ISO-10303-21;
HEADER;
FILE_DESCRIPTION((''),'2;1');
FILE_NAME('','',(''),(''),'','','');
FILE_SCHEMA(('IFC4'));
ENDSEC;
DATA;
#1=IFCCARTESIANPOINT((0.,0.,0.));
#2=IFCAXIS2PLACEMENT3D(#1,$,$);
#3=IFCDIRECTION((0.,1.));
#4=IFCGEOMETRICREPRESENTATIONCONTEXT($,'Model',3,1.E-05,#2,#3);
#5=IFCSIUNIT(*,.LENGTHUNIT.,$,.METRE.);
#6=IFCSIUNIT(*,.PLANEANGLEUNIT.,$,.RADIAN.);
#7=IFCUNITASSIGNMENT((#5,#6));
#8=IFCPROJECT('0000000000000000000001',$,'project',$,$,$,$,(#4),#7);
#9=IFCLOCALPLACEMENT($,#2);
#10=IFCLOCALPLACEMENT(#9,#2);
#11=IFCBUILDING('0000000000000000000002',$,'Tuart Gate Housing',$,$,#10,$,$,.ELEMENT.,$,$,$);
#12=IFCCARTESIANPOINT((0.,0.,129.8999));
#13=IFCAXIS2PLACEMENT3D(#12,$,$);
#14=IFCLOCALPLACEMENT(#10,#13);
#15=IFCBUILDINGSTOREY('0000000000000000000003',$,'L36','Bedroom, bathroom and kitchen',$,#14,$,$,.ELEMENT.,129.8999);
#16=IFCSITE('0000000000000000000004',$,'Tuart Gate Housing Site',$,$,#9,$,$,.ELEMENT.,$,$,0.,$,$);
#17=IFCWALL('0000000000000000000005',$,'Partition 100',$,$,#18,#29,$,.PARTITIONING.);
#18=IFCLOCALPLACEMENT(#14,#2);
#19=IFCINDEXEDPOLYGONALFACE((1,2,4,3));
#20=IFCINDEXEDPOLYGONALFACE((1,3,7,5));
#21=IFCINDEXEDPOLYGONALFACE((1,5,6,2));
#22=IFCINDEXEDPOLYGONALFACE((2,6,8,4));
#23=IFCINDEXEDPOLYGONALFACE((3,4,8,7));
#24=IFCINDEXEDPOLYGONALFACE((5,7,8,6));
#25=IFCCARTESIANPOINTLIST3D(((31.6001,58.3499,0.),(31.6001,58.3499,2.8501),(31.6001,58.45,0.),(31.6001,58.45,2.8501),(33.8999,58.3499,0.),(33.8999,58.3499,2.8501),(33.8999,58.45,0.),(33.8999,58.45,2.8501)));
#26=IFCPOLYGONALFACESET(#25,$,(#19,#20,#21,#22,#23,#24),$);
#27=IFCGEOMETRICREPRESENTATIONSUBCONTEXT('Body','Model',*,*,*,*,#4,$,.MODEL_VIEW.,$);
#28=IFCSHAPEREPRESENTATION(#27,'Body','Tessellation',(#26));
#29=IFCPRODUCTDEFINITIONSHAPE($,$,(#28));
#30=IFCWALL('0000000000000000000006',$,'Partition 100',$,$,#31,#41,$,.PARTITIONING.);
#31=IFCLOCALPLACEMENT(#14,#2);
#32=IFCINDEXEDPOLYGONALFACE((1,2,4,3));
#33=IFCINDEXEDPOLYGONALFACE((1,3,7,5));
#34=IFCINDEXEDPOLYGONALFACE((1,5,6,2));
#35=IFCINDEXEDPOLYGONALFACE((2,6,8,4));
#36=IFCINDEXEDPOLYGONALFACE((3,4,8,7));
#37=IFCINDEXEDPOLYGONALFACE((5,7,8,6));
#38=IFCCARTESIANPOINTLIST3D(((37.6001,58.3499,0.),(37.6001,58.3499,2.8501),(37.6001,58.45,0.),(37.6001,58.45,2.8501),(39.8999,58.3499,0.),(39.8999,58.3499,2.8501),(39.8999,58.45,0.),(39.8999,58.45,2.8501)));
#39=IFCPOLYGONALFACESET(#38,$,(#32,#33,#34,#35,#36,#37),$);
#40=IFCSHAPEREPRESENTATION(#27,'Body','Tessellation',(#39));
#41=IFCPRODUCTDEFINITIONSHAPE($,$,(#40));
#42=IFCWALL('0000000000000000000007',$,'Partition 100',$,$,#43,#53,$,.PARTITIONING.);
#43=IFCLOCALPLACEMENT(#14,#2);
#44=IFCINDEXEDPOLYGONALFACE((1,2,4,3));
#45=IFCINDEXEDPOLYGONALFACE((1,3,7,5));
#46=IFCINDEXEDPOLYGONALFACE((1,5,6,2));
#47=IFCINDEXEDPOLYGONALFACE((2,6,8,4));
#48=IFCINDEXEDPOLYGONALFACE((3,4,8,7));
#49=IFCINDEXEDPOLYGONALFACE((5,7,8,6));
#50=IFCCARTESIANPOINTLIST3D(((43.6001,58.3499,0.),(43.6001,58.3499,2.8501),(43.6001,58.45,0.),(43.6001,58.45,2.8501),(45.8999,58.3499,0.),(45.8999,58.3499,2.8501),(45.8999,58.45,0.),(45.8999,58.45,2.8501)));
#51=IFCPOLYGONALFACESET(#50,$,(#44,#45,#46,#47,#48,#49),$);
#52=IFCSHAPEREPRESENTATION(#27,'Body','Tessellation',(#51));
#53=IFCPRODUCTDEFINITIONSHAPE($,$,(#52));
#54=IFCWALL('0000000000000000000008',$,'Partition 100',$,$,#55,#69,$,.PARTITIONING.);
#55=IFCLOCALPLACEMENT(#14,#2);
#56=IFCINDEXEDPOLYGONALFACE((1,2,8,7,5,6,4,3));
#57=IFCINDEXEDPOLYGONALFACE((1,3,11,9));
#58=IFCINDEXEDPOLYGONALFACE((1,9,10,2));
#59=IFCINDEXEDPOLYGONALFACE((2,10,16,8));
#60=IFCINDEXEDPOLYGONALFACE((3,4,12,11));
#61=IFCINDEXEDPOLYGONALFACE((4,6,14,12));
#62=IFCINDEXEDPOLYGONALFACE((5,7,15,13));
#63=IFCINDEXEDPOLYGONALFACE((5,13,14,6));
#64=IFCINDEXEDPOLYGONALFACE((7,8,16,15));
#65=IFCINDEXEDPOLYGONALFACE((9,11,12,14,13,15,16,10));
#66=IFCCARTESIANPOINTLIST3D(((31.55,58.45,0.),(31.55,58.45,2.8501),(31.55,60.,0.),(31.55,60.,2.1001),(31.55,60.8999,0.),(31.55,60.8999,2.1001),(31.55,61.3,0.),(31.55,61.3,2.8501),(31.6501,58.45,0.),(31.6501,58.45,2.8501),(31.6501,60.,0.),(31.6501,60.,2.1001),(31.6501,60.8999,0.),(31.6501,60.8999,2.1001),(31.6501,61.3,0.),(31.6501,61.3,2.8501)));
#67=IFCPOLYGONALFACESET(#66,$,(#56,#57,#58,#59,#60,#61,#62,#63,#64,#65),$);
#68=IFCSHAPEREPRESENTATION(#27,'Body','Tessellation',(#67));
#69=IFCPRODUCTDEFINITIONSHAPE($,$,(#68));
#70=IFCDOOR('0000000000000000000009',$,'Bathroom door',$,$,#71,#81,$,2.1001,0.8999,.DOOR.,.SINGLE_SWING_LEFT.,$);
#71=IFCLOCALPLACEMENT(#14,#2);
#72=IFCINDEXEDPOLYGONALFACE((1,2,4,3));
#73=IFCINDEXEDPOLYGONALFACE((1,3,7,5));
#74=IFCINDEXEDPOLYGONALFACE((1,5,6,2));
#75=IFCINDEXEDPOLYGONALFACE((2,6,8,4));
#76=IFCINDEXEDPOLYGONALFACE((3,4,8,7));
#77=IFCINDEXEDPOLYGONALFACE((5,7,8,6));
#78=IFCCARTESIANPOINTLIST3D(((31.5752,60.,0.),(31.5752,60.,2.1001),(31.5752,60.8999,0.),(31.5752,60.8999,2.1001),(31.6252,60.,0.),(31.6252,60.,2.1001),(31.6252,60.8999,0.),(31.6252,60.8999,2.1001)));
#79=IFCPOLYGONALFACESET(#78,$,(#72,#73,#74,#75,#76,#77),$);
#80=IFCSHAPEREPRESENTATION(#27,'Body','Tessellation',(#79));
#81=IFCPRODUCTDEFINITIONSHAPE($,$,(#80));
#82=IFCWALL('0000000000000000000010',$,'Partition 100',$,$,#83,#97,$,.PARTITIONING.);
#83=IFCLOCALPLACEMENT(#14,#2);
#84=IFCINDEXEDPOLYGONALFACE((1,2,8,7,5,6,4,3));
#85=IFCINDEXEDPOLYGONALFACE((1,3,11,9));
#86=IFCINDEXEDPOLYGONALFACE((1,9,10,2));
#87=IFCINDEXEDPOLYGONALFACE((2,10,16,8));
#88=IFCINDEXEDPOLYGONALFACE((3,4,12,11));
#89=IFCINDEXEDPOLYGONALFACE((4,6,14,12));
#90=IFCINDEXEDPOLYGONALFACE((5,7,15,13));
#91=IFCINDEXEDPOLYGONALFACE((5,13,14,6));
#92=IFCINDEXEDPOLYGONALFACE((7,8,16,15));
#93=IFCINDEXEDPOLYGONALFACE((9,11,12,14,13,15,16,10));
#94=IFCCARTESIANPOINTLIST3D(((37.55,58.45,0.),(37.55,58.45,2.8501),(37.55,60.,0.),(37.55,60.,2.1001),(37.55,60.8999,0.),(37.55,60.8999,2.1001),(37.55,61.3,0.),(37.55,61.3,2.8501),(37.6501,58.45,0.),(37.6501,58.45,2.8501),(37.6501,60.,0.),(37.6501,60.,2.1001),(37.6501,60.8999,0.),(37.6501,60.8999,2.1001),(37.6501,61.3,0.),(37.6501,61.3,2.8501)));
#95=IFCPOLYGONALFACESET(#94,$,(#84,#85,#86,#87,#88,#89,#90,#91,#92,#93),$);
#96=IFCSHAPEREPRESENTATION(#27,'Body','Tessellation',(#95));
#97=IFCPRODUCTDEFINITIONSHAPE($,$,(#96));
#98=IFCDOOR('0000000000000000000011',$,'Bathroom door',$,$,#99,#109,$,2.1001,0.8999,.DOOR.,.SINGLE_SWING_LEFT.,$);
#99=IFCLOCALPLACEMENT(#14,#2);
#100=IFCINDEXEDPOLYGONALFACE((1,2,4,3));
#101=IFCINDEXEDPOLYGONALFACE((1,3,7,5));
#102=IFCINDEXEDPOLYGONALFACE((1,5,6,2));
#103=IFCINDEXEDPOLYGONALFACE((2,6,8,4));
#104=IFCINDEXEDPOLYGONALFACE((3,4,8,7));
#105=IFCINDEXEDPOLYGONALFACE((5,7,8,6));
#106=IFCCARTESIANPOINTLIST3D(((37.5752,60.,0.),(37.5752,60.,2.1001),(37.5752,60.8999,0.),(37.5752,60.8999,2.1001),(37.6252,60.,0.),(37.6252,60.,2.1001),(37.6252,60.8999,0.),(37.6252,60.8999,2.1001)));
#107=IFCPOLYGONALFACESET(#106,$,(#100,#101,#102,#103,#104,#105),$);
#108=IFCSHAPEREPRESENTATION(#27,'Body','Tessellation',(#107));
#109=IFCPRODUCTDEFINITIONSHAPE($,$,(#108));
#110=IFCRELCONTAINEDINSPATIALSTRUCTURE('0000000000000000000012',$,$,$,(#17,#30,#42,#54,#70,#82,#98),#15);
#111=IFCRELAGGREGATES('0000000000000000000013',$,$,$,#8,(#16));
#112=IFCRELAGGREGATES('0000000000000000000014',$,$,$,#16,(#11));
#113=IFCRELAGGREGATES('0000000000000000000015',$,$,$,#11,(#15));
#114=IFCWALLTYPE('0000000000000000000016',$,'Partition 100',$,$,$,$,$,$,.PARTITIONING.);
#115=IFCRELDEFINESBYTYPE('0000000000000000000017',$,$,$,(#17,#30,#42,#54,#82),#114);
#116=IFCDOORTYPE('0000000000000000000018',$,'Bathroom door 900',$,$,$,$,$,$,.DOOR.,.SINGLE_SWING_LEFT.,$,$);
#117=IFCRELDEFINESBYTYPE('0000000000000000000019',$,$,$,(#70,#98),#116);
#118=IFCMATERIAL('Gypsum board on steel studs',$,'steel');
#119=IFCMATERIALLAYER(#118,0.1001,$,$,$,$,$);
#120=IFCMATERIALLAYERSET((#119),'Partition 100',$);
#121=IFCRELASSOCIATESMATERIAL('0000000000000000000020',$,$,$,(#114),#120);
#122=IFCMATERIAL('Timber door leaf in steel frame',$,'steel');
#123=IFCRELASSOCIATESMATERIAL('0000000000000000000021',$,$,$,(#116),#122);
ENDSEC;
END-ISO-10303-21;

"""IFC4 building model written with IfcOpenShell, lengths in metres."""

from ifc_helpers import new_model, si_unit, direction, frame, frame_2d, origin, place, context, subcontext, project, spatial, rectangle, extrude, material, layer, layer_set, type_object, element, fill, save


model = new_model("IFC4")

# Units and contexts
model_context = context("Model", 3, precision=1e-05, world=origin(), true_north=direction((0.0, 1.0)))
body_context = subcontext(model_context, "Body", "Model", "MODEL_VIEW")
ifc_project = project(units=[si_unit("LENGTHUNIT", "METRE"), si_unit("PLANEANGLEUNIT", "RADIAN")], contexts=[model_context])

# Site, building, storey
site_placement = place(None, origin())
site = spatial("IfcSite", under=ifc_project, at=site_placement, Name="Tuart Gate Housing Site", CompositionType="ELEMENT", RefElevation=0.0)
building_placement = place(site_placement, origin())
building = spatial("IfcBuilding", under=site, at=building_placement, Name="Tuart Gate Housing", CompositionType="ELEMENT")
storey_placement = place(building_placement, frame((0.0, 0.0, 129.8999)))
storey = spatial("IfcBuildingStorey", under=building, at=storey_placement, Name="L36", Description="Bedroom, bathroom and kitchen", CompositionType="ELEMENT", Elevation=129.8999)

# Walls
ifc_material_1 = material(Name="Gypsum board on steel studs", Category="steel")
ifc_layer_1 = layer(ifc_material_1, 0.1001)
ifc_layer_set_1 = layer_set([ifc_layer_1], Name="Partition 100")
wall_type_1 = type_object("IfcWallType", Name="Partition 100", PredefinedType="PARTITIONING", material=ifc_layer_set_1)
for number, where, z_axis, x_axis, name in (
    (1, (31.6001, 58.3999, 0.0), (0.0, 0.0, 1.0), (1.0, 0.0, 0.0), "Partition 100"),
    (2, (37.6001, 58.3999, 0.0), (0.0, 0.0, 1.0), (1.0, 0.0, 0.0), "Partition 100"),
    (3, (43.6001, 58.3999, 0.0), (0.0, 0.0, 1.0), (1.0, 0.0, 0.0), "Partition 100"),
):
    element("IfcWall", number, at=place(storey_placement, frame(where, z_axis=z_axis, x_axis=x_axis)), inside=storey, type_object=wall_type_1, Name=name, PredefinedType="PARTITIONING", context=body_context, shape_type="SweptSolid", body=[
        extrude(rectangle(XDim=2.2998, YDim=0.1001, at=frame_2d((1.1499, 0.0))), origin(), (0.0, 0.0, 1.0), 2.8501),
    ])

# Walls, openings, doors
wall_1_placement = place(storey_placement, frame((31.6001, 58.45, 0.0), z_axis=(0.0, 0.0, 1.0), x_axis=(0.0, 1.0, 0.0)))
wall_1 = element("IfcWall", 4, at=wall_1_placement, inside=storey, type_object=wall_type_1, Name="Partition 100", PredefinedType="PARTITIONING", context=body_context, shape_type="SweptSolid", body=[
    extrude(rectangle(XDim=2.8501, YDim=0.1001, at=frame_2d((1.425, 0.0))), origin(), (0.0, 0.0, 1.0), 2.8501),
])
opening_1_placement = place(wall_1_placement, frame((1.55, 0.0, 0.0)))
opening_1 = element("IfcOpeningElement", 5, at=opening_1_placement, cuts=wall_1, PredefinedType="OPENING", context=body_context, shape_type="SweptSolid", body=[
    extrude(rectangle(XDim=0.8999, YDim=2.1001, at=frame_2d((0.45, 1.05))), frame((0.0, 0.0601, 0.0), z_axis=(0.0, -1.0, 0.0), x_axis=(1.0, 0.0, 0.0)), (0.0, 0.0, 1.0), 0.1201),
])
ifc_material_2 = material(Name="Timber door leaf in steel frame", Category="steel")
door_type_1 = type_object("IfcDoorType", Name="Bathroom door 900", OperationType="SINGLE_SWING_LEFT", PredefinedType="DOOR", material=ifc_material_2)
door_1_placement = place(opening_1_placement, frame((0.8999, 0.0, 0.0), z_axis=(0.0, 0.0, 1.0), x_axis=(-1.0, 0.0, 0.0)))
door_1 = element("IfcDoor", 6, at=door_1_placement, inside=storey, type_object=door_type_1, Name="Bathroom door", OperationType="SINGLE_SWING_LEFT", OverallHeight=2.1001, OverallWidth=0.8999, PredefinedType="DOOR", context=body_context, shape_type="SweptSolid", body=[
    extrude(rectangle(XDim=0.8999, YDim=2.1001, at=frame_2d((0.45, 1.05))), frame((0.0, 0.0251, 0.0), z_axis=(0.0, -1.0, 0.0), x_axis=(1.0, 0.0, 0.0)), (0.0, 0.0, 1.0), 0.05),
])
fill(opening_1, door_1)
wall_2_placement = place(storey_placement, frame((37.6001, 58.45, 0.0), z_axis=(0.0, 0.0, 1.0), x_axis=(0.0, 1.0, 0.0)))
wall_2 = element("IfcWall", 7, at=wall_2_placement, inside=storey, type_object=wall_type_1, Name="Partition 100", PredefinedType="PARTITIONING", context=body_context, shape_type="SweptSolid", body=[
    extrude(rectangle(XDim=2.8501, YDim=0.1001, at=frame_2d((1.425, 0.0))), origin(), (0.0, 0.0, 1.0), 2.8501),
])
opening_2_placement = place(wall_2_placement, frame((1.55, 0.0, 0.0)))
opening_2 = element("IfcOpeningElement", 8, at=opening_2_placement, cuts=wall_2, PredefinedType="OPENING", context=body_context, shape_type="SweptSolid", body=[
    extrude(rectangle(XDim=0.8999, YDim=2.1001, at=frame_2d((0.45, 1.05))), frame((0.0, 0.0601, 0.0), z_axis=(0.0, -1.0, 0.0), x_axis=(1.0, 0.0, 0.0)), (0.0, 0.0, 1.0), 0.1201),
])
door_2_placement = place(opening_2_placement, frame((0.8999, 0.0, 0.0), z_axis=(0.0, 0.0, 1.0), x_axis=(-1.0, 0.0, 0.0)))
door_2 = element("IfcDoor", 9, at=door_2_placement, inside=storey, type_object=door_type_1, Name="Bathroom door", OperationType="SINGLE_SWING_LEFT", OverallHeight=2.1001, OverallWidth=0.8999, PredefinedType="DOOR", context=body_context, shape_type="SweptSolid", body=[
    extrude(rectangle(XDim=0.8999, YDim=2.1001, at=frame_2d((0.45, 1.05))), frame((0.0, 0.0251, 0.0), z_axis=(0.0, -1.0, 0.0), x_axis=(1.0, 0.0, 0.0)), (0.0, 0.0, 1.0), 0.05),
])
fill(opening_2, door_2)

save(model, "model.ifc")
